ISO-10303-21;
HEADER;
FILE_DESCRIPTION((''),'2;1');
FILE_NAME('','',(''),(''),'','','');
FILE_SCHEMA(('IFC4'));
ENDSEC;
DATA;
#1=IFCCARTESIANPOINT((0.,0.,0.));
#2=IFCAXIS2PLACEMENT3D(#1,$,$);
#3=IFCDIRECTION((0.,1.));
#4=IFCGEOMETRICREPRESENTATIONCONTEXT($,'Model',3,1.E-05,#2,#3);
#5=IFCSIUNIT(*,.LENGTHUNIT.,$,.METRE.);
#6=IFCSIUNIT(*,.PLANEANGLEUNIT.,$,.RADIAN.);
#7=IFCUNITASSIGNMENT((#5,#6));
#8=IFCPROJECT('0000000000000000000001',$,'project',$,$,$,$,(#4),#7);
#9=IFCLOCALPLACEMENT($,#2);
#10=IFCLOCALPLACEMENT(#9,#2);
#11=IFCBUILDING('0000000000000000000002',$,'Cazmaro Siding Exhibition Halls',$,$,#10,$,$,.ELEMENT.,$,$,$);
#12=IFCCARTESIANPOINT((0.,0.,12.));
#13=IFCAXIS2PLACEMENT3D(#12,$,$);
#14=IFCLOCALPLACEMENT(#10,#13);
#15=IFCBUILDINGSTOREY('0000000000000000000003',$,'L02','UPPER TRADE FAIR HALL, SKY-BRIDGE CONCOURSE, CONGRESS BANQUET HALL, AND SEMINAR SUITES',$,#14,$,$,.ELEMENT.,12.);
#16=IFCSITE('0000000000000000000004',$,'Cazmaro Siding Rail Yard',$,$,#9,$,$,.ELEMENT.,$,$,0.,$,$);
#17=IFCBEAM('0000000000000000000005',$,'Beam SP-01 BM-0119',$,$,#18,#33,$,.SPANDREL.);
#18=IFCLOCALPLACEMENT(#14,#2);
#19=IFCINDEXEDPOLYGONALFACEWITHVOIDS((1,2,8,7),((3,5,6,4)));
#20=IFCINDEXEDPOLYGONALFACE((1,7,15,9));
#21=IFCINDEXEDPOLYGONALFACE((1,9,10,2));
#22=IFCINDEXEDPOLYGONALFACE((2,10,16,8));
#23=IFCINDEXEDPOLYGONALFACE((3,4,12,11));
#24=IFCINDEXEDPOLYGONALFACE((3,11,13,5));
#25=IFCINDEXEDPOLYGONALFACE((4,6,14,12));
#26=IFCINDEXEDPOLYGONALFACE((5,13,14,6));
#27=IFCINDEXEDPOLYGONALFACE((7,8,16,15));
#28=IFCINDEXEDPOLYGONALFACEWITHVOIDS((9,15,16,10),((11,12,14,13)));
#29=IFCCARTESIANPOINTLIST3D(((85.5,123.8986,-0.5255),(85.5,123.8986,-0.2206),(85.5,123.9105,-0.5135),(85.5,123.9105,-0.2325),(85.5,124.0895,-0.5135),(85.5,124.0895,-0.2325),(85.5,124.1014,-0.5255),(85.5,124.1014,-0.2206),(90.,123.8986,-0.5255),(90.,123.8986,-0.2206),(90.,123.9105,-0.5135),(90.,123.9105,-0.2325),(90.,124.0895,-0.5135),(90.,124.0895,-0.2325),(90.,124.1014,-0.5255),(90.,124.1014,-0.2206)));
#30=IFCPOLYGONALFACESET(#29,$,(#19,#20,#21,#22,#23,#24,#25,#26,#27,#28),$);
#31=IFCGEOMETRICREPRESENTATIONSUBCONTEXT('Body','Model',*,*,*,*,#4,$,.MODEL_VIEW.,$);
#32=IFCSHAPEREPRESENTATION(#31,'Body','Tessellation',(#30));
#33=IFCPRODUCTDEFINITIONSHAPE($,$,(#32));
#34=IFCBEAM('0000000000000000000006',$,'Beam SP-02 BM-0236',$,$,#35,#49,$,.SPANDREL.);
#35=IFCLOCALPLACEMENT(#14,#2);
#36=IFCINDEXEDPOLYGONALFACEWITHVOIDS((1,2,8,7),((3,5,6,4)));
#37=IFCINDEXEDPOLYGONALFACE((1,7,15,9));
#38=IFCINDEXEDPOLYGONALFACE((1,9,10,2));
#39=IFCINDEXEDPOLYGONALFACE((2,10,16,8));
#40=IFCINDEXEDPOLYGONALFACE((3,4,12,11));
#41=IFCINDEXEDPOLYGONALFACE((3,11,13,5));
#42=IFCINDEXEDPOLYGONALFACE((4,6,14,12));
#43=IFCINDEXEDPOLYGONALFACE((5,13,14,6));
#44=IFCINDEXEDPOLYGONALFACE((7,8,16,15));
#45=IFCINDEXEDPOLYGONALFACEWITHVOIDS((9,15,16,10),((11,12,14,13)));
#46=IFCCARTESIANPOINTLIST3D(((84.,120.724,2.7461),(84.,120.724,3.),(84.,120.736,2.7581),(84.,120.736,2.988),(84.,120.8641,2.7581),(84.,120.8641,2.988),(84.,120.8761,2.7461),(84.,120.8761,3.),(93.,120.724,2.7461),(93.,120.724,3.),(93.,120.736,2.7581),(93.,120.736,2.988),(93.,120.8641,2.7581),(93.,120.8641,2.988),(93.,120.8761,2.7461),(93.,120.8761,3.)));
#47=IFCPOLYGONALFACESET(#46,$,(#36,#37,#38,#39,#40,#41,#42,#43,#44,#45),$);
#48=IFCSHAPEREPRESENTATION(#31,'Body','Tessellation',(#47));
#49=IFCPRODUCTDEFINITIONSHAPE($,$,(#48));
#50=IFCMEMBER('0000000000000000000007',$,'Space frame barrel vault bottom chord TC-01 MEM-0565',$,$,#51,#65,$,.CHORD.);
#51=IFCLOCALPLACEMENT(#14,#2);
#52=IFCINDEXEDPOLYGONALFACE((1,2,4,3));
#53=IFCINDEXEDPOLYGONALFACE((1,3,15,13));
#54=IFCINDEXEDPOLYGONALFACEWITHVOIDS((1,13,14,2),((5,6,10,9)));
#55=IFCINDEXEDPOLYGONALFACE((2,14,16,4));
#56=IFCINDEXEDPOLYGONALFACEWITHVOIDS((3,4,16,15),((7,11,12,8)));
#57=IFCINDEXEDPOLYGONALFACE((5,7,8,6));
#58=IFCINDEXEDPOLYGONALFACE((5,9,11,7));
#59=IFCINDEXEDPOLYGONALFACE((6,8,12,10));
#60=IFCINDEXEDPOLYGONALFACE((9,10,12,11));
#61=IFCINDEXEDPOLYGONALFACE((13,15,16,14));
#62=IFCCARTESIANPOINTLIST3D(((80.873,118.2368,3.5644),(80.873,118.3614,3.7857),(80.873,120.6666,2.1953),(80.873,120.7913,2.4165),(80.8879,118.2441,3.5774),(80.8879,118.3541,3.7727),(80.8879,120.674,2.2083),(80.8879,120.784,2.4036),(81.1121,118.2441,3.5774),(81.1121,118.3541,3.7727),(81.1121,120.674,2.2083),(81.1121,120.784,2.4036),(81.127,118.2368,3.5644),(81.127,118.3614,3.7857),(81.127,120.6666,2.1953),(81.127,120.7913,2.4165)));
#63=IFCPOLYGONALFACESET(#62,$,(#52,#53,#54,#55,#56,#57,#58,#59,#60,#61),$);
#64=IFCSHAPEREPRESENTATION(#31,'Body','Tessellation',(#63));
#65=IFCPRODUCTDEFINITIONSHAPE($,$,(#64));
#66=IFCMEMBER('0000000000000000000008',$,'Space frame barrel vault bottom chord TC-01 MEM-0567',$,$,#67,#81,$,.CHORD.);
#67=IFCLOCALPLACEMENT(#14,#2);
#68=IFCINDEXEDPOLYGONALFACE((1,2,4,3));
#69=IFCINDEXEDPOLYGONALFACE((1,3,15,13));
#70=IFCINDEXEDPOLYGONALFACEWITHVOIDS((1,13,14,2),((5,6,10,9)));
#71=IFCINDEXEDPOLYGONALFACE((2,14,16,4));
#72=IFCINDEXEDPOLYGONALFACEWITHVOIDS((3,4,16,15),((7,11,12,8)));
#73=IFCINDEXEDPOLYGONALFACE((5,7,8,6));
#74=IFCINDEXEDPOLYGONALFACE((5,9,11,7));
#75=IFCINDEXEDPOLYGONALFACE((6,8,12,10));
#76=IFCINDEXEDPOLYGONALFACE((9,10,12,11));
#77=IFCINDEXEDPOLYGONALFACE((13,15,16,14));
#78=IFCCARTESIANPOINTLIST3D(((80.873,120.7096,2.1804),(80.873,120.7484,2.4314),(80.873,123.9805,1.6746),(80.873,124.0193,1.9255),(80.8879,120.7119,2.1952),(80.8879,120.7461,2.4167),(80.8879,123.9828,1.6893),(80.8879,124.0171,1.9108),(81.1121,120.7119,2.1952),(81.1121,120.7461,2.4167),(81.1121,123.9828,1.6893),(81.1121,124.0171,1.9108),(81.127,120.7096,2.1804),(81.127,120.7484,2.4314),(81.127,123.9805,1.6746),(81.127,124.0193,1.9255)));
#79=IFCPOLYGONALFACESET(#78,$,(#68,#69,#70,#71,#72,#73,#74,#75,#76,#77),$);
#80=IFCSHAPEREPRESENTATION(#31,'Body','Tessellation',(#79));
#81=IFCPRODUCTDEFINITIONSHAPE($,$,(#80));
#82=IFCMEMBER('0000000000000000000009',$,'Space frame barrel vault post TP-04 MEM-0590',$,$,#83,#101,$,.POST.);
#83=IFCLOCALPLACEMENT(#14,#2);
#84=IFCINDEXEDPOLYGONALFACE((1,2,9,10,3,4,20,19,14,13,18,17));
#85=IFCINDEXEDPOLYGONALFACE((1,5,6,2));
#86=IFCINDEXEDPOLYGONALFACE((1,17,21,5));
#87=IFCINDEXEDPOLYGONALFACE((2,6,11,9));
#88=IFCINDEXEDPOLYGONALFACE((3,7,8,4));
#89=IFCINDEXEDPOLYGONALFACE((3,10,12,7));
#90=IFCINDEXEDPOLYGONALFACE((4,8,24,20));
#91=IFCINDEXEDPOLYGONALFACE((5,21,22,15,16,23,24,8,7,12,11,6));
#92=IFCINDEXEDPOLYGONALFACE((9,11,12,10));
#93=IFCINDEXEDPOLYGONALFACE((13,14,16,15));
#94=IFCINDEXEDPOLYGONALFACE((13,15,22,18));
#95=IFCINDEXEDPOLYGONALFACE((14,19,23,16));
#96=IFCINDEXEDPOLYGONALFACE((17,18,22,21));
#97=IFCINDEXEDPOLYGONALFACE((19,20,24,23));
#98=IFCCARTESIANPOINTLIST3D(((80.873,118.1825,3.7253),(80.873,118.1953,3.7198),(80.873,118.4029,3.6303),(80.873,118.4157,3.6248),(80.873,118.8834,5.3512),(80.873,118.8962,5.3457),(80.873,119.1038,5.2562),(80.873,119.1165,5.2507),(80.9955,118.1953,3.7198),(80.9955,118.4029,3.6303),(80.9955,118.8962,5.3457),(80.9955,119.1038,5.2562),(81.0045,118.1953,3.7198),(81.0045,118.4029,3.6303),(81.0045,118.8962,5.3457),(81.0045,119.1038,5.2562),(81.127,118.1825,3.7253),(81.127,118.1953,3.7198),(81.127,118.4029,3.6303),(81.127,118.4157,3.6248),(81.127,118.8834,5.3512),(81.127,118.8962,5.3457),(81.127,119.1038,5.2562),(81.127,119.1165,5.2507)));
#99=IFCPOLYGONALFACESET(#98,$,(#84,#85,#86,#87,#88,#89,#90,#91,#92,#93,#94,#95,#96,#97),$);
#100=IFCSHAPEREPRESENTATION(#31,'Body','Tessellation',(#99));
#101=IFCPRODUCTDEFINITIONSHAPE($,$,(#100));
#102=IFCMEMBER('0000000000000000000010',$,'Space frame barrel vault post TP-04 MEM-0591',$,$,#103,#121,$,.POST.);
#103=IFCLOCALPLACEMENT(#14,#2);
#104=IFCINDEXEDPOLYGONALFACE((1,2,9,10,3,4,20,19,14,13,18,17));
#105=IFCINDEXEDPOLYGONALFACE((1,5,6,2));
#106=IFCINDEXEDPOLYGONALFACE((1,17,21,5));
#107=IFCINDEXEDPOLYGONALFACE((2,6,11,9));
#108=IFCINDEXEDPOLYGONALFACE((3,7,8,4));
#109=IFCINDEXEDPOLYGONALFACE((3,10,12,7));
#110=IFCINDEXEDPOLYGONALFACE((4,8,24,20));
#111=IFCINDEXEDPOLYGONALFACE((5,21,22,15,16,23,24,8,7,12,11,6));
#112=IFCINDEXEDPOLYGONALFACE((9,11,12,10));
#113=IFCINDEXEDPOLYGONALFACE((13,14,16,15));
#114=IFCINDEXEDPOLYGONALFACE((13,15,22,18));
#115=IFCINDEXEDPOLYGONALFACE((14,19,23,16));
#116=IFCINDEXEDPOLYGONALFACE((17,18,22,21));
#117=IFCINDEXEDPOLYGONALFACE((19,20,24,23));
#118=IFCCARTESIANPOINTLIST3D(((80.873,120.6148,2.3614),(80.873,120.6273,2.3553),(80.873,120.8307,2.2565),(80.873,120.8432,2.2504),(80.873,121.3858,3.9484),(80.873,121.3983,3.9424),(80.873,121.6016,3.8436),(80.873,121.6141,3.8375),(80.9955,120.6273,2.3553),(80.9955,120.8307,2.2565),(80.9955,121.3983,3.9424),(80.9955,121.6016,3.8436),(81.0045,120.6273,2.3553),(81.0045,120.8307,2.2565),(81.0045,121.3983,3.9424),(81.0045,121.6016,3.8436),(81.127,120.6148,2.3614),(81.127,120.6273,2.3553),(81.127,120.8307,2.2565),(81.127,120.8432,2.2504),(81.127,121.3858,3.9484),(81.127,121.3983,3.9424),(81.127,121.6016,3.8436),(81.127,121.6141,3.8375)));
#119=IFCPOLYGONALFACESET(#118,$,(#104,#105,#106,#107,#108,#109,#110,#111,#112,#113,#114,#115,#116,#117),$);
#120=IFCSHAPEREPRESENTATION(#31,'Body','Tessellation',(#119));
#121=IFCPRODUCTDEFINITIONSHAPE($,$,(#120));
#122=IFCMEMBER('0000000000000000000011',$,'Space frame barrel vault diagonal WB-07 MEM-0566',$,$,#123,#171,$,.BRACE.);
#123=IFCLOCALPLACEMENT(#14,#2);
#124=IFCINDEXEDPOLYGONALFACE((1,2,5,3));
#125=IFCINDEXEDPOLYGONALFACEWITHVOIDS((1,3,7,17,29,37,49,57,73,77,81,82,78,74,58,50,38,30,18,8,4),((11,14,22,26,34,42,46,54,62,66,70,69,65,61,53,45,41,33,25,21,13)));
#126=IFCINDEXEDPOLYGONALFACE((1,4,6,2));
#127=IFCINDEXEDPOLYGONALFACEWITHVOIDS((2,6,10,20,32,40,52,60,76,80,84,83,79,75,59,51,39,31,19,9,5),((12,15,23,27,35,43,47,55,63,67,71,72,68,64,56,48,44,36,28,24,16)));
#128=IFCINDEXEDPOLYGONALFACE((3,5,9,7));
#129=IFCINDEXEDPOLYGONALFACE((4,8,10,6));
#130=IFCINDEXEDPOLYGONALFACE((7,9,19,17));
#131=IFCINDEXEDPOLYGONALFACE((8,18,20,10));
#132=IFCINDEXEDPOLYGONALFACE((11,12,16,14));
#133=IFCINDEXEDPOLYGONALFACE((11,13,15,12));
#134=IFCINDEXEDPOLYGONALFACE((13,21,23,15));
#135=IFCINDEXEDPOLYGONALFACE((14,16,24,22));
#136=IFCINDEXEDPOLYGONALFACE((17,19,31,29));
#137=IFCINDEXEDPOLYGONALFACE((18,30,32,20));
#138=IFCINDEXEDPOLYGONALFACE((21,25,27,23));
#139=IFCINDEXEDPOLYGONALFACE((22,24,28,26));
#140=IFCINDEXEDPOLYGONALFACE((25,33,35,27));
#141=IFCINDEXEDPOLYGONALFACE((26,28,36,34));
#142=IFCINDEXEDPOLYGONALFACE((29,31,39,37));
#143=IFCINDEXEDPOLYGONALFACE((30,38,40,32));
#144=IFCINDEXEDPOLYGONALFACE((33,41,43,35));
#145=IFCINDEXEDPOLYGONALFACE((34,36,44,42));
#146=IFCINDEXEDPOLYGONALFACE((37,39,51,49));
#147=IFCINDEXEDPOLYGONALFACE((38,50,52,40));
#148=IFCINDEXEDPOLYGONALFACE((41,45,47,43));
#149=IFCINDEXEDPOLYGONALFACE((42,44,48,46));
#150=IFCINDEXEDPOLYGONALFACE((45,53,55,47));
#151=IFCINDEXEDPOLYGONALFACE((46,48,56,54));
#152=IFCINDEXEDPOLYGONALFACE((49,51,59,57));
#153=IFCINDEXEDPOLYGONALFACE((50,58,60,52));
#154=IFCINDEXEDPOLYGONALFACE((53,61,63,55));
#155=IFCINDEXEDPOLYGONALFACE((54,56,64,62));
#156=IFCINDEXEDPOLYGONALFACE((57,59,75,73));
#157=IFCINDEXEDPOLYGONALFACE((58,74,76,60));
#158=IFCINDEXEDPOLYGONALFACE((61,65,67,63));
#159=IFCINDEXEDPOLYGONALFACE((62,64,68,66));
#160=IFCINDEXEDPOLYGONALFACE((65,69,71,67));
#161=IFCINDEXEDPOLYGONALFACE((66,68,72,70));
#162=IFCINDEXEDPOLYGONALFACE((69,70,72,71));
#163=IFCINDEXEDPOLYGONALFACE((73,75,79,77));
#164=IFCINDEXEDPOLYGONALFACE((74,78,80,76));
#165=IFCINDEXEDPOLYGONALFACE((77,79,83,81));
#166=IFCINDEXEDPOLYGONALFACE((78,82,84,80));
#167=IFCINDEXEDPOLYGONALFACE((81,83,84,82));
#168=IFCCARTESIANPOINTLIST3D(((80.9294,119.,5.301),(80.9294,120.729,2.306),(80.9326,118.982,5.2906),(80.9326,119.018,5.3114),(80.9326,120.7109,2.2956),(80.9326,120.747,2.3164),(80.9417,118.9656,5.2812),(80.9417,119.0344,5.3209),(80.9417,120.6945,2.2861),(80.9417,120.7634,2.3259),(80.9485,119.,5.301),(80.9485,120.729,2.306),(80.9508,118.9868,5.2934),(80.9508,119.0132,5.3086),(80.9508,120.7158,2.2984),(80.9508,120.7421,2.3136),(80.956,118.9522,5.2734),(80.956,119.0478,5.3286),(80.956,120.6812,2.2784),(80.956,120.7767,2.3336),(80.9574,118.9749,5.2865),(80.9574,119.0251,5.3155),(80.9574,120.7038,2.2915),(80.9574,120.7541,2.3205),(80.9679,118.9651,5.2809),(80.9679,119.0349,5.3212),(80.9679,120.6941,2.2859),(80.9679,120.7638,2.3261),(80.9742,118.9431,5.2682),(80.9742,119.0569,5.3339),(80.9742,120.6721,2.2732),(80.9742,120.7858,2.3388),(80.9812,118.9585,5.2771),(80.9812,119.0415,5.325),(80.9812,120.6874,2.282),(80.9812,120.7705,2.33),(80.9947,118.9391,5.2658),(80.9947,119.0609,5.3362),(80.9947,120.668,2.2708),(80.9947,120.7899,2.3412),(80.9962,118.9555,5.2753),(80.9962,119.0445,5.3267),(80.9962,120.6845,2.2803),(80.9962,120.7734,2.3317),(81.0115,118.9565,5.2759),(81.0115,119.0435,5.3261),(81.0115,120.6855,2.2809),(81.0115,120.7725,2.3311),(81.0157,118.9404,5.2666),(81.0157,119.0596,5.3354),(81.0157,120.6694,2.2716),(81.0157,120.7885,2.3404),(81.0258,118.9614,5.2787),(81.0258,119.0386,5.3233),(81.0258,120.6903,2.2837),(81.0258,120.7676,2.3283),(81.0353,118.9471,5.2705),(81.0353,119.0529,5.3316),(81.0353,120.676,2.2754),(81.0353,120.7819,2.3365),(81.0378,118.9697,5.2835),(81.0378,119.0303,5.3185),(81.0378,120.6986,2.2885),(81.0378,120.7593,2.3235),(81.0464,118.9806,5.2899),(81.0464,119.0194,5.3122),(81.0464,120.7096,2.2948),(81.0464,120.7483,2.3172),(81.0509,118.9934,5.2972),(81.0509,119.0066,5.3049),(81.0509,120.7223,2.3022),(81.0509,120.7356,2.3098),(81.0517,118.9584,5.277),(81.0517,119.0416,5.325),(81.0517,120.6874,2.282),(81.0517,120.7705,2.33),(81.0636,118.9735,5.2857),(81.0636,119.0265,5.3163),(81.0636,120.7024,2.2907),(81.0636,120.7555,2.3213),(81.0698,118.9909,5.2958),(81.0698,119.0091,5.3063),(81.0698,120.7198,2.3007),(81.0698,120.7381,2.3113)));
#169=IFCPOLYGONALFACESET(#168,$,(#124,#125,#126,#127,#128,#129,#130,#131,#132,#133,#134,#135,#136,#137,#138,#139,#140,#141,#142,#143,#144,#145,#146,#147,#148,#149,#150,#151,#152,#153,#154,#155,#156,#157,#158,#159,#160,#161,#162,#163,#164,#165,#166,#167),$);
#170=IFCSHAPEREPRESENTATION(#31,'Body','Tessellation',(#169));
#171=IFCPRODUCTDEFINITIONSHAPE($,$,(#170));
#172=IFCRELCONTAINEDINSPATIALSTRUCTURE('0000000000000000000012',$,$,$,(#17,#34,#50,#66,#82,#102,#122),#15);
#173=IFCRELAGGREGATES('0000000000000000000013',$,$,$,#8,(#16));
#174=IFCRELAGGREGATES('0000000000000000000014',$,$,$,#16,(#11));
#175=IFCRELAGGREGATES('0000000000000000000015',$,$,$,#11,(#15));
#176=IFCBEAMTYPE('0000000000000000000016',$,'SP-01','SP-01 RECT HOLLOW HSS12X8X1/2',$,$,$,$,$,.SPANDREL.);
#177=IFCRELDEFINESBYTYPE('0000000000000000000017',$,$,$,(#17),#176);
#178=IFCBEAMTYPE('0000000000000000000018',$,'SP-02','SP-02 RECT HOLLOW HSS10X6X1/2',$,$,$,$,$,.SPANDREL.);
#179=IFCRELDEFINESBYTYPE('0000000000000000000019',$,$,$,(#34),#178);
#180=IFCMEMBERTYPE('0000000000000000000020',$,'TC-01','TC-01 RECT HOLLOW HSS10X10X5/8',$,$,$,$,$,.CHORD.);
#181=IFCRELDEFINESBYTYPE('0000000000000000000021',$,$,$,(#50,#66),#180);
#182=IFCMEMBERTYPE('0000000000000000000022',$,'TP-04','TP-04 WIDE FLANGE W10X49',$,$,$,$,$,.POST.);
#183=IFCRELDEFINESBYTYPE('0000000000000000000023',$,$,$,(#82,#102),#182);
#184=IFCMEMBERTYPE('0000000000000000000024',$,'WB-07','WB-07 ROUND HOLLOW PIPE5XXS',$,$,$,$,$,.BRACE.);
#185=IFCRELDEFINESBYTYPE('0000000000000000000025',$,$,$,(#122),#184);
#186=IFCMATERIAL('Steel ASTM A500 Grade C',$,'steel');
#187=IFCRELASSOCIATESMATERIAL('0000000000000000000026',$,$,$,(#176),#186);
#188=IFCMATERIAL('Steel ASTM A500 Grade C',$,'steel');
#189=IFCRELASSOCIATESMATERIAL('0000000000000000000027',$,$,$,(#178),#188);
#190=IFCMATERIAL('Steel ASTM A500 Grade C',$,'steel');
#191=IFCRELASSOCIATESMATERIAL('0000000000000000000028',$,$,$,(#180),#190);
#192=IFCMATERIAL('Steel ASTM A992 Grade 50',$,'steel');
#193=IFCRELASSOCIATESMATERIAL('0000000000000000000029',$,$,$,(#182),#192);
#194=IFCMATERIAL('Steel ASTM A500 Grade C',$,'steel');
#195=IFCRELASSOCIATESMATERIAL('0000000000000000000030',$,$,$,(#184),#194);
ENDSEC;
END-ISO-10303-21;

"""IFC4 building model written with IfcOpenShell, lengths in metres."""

from ifc_helpers import new_model, si_unit, direction, frame, origin, origin_2d, place, context, subcontext, project, spatial, hollow_rectangle, hollow_circle, i_section, extrude, material, material_profile, profile_set, type_object, element, save


model = new_model("IFC4")

# Units and contexts
model_context = context("Model", 3, precision=1e-05, world=origin(), true_north=direction((0.0, 1.0)))
body_context = subcontext(model_context, "Body", "Model", "MODEL_VIEW")
ifc_project = project(units=[si_unit("LENGTHUNIT", "METRE"), si_unit("PLANEANGLEUNIT", "RADIAN")], contexts=[model_context])

# Site, building, storey
site_placement = place(None, origin())
site = spatial("IfcSite", under=ifc_project, at=site_placement, Name="Cazmaro Siding Rail Yard", CompositionType="ELEMENT", RefElevation=0.0)
building_placement = place(site_placement, origin())
building = spatial("IfcBuilding", under=site, at=building_placement, Name="Cazmaro Siding Exhibition Halls", CompositionType="ELEMENT")
storey_placement = place(building_placement, frame((0.0, 0.0, 12.0)))
storey = spatial("IfcBuildingStorey", under=building, at=storey_placement, Name="L02", Description="UPPER TRADE FAIR HALL, SKY-BRIDGE CONCOURSE, CONGRESS BANQUET HALL, AND SEMINAR SUITES", CompositionType="ELEMENT", Elevation=12.0)

# Beams
ifc_material_1 = material(Name="Steel ASTM A500 Grade C", Category="steel")
ifc_material_profile_1 = material_profile(ifc_material_1, hollow_rectangle(XDim=0.2029, YDim=0.3049, WallThickness=0.012, at=origin_2d()), Name="HSS12X8X1/2")
ifc_profile_set_1 = profile_set([ifc_material_profile_1], Name="Steel ASTM A500 Grade C")
beam_type_1 = type_object("IfcBeamType", Name="SP-01", Description="SP-01 RECT HOLLOW HSS12X8X1/2", PredefinedType="SPANDREL", material=ifc_profile_set_1)
for number, where, z_axis, x_axis, name in (
    (1, (85.5, 124.0, -0.373), (1.0, 0.0, 0.0), (0.0, 1.0, 0.0), "Beam SP-01 BM-0119"),
):
    element("IfcBeam", number, at=place(storey_placement, frame(where, z_axis=z_axis, x_axis=x_axis)), inside=storey, type_object=beam_type_1, Name=name, PredefinedType="SPANDREL", context=body_context, shape_type="SweptSolid", body=[
        extrude(hollow_rectangle(XDim=0.2029, YDim=0.3049, WallThickness=0.012, at=origin_2d()), origin(), (0.0, 0.0, 1.0), 4.5),
    ])
ifc_material_2 = material(Name="Steel ASTM A500 Grade C", Category="steel")
ifc_material_profile_2 = material_profile(ifc_material_2, hollow_rectangle(XDim=0.1521, YDim=0.2539, WallThickness=0.012, at=origin_2d()), Name="HSS10X6X1/2")
ifc_profile_set_2 = profile_set([ifc_material_profile_2], Name="Steel ASTM A500 Grade C")
beam_type_2 = type_object("IfcBeamType", Name="SP-02", Description="SP-02 RECT HOLLOW HSS10X6X1/2", PredefinedType="SPANDREL", material=ifc_profile_set_2)
beam_1_placement = place(storey_placement, frame((84.0, 120.8, 2.873), z_axis=(1.0, 0.0, 0.0), x_axis=(0.0, 1.0, 0.0)))
element("IfcBeam", 2, at=beam_1_placement, inside=storey, type_object=beam_type_2, Name="Beam SP-02 BM-0236", PredefinedType="SPANDREL", context=body_context, shape_type="SweptSolid", body=[
    extrude(hollow_rectangle(XDim=0.1521, YDim=0.2539, WallThickness=0.012, at=origin_2d()), origin(), (0.0, 0.0, 1.0), 9.0),
])

# Members
ifc_material_3 = material(Name="Steel ASTM A500 Grade C", Category="steel")
ifc_material_profile_3 = material_profile(ifc_material_3, hollow_rectangle(XDim=0.2539, YDim=0.2539, WallThickness=0.0149, at=origin_2d()), Name="HSS10X10X5/8")
ifc_profile_set_3 = profile_set([ifc_material_profile_3], Name="Steel ASTM A500 Grade C")
member_type_1 = type_object("IfcMemberType", Name="TC-01", Description="TC-01 RECT HOLLOW HSS10X10X5/8", PredefinedType="CHORD", material=ifc_profile_set_3)
member_1_placement = place(storey_placement, frame((81.0, 118.2991, 3.675), z_axis=(0.0, 0.871222, -0.490889), x_axis=(-1.0, 0.0, 0.0)))
element("IfcMember", 3, at=member_1_placement, inside=storey, type_object=member_type_1, Name="Space frame barrel vault bottom chord TC-01 MEM-0565", PredefinedType="CHORD", context=body_context, shape_type="SweptSolid", body=[
    extrude(hollow_rectangle(XDim=0.2539, YDim=0.2539, WallThickness=0.0149, at=origin_2d()), origin(), (0.0, 0.0, 1.0), 2.7891),
])
member_2_placement = place(storey_placement, frame((81.0, 120.729, 2.3059), z_axis=(0.0, 0.988252, -0.152833), x_axis=(-1.0, 0.0, 0.0)))
element("IfcMember", 4, at=member_2_placement, inside=storey, type_object=member_type_1, Name="Space frame barrel vault bottom chord TC-01 MEM-0567", PredefinedType="CHORD", context=body_context, shape_type="SweptSolid", body=[
    extrude(hollow_rectangle(XDim=0.2539, YDim=0.2539, WallThickness=0.0149, at=origin_2d()), origin(), (0.0, 0.0, 1.0), 3.3098),
])
ifc_material_4 = material(Name="Steel ASTM A992 Grade 50", Category="steel")
ifc_material_profile_4 = material_profile(ifc_material_4, i_section(OverallWidth=0.2539, OverallDepth=0.2539, WebThickness=0.009, FlangeThickness=0.0139, at=origin_2d()), Name="W10X49")
ifc_profile_set_4 = profile_set([ifc_material_profile_4], Name="Steel ASTM A992 Grade 50")
member_type_2 = type_object("IfcMemberType", Name="TP-04", Description="TP-04 WIDE FLANGE W10X49", PredefinedType="POST", material=ifc_profile_set_4)
member_3_placement = place(storey_placement, frame((81.0, 118.2991, 3.675), z_axis=(0.0, 0.395865, 0.918309), x_axis=(-1.0, 0.0, 0.0)))
element("IfcMember", 5, at=member_3_placement, inside=storey, type_object=member_type_2, Name="Space frame barrel vault post TP-04 MEM-0590", PredefinedType="POST", context=body_context, shape_type="SweptSolid", body=[
    extrude(i_section(OverallWidth=0.2539, OverallDepth=0.2539, WebThickness=0.009, FlangeThickness=0.0139, at=origin_2d()), origin(), (0.0, 0.0, 1.0), 1.7705),
])
member_4_placement = place(storey_placement, frame((81.0, 120.729, 2.3059), z_axis=(0.0, 0.436946, 0.899488), x_axis=(-1.0, 0.0, 0.0)))
element("IfcMember", 6, at=member_4_placement, inside=storey, type_object=member_type_2, Name="Space frame barrel vault post TP-04 MEM-0591", PredefinedType="POST", context=body_context, shape_type="SweptSolid", body=[
    extrude(i_section(OverallWidth=0.2539, OverallDepth=0.2539, WebThickness=0.009, FlangeThickness=0.0139, at=origin_2d()), origin(), (0.0, 0.0, 1.0), 1.7644),
])
ifc_material_5 = material(Name="Steel ASTM A500 Grade C", Category="steel")
ifc_material_profile_5 = material_profile(ifc_material_5, hollow_circle(Radius=0.0706, WallThickness=0.019, at=origin_2d()), Name="PIPE5XXS")
ifc_profile_set_5 = profile_set([ifc_material_profile_5], Name="Steel ASTM A500 Grade C")
member_type_3 = type_object("IfcMemberType", Name="WB-07", Description="WB-07 ROUND HOLLOW PIPE5XXS", PredefinedType="BRACE", material=ifc_profile_set_5)
member_5_placement = place(storey_placement, frame((81.0, 119.0, 5.301), z_axis=(0.0, 0.499951, -0.866054), x_axis=(-1.0, 0.0, 0.0)))
element("IfcMember", 7, at=member_5_placement, inside=storey, type_object=member_type_3, Name="Space frame barrel vault diagonal WB-07 MEM-0566", PredefinedType="BRACE", context=body_context, shape_type="SweptSolid", body=[
    extrude(hollow_circle(Radius=0.0706, WallThickness=0.019, at=origin_2d()), origin(), (0.0, 0.0, 1.0), 3.4583),
])

save(model, "model.ifc")
